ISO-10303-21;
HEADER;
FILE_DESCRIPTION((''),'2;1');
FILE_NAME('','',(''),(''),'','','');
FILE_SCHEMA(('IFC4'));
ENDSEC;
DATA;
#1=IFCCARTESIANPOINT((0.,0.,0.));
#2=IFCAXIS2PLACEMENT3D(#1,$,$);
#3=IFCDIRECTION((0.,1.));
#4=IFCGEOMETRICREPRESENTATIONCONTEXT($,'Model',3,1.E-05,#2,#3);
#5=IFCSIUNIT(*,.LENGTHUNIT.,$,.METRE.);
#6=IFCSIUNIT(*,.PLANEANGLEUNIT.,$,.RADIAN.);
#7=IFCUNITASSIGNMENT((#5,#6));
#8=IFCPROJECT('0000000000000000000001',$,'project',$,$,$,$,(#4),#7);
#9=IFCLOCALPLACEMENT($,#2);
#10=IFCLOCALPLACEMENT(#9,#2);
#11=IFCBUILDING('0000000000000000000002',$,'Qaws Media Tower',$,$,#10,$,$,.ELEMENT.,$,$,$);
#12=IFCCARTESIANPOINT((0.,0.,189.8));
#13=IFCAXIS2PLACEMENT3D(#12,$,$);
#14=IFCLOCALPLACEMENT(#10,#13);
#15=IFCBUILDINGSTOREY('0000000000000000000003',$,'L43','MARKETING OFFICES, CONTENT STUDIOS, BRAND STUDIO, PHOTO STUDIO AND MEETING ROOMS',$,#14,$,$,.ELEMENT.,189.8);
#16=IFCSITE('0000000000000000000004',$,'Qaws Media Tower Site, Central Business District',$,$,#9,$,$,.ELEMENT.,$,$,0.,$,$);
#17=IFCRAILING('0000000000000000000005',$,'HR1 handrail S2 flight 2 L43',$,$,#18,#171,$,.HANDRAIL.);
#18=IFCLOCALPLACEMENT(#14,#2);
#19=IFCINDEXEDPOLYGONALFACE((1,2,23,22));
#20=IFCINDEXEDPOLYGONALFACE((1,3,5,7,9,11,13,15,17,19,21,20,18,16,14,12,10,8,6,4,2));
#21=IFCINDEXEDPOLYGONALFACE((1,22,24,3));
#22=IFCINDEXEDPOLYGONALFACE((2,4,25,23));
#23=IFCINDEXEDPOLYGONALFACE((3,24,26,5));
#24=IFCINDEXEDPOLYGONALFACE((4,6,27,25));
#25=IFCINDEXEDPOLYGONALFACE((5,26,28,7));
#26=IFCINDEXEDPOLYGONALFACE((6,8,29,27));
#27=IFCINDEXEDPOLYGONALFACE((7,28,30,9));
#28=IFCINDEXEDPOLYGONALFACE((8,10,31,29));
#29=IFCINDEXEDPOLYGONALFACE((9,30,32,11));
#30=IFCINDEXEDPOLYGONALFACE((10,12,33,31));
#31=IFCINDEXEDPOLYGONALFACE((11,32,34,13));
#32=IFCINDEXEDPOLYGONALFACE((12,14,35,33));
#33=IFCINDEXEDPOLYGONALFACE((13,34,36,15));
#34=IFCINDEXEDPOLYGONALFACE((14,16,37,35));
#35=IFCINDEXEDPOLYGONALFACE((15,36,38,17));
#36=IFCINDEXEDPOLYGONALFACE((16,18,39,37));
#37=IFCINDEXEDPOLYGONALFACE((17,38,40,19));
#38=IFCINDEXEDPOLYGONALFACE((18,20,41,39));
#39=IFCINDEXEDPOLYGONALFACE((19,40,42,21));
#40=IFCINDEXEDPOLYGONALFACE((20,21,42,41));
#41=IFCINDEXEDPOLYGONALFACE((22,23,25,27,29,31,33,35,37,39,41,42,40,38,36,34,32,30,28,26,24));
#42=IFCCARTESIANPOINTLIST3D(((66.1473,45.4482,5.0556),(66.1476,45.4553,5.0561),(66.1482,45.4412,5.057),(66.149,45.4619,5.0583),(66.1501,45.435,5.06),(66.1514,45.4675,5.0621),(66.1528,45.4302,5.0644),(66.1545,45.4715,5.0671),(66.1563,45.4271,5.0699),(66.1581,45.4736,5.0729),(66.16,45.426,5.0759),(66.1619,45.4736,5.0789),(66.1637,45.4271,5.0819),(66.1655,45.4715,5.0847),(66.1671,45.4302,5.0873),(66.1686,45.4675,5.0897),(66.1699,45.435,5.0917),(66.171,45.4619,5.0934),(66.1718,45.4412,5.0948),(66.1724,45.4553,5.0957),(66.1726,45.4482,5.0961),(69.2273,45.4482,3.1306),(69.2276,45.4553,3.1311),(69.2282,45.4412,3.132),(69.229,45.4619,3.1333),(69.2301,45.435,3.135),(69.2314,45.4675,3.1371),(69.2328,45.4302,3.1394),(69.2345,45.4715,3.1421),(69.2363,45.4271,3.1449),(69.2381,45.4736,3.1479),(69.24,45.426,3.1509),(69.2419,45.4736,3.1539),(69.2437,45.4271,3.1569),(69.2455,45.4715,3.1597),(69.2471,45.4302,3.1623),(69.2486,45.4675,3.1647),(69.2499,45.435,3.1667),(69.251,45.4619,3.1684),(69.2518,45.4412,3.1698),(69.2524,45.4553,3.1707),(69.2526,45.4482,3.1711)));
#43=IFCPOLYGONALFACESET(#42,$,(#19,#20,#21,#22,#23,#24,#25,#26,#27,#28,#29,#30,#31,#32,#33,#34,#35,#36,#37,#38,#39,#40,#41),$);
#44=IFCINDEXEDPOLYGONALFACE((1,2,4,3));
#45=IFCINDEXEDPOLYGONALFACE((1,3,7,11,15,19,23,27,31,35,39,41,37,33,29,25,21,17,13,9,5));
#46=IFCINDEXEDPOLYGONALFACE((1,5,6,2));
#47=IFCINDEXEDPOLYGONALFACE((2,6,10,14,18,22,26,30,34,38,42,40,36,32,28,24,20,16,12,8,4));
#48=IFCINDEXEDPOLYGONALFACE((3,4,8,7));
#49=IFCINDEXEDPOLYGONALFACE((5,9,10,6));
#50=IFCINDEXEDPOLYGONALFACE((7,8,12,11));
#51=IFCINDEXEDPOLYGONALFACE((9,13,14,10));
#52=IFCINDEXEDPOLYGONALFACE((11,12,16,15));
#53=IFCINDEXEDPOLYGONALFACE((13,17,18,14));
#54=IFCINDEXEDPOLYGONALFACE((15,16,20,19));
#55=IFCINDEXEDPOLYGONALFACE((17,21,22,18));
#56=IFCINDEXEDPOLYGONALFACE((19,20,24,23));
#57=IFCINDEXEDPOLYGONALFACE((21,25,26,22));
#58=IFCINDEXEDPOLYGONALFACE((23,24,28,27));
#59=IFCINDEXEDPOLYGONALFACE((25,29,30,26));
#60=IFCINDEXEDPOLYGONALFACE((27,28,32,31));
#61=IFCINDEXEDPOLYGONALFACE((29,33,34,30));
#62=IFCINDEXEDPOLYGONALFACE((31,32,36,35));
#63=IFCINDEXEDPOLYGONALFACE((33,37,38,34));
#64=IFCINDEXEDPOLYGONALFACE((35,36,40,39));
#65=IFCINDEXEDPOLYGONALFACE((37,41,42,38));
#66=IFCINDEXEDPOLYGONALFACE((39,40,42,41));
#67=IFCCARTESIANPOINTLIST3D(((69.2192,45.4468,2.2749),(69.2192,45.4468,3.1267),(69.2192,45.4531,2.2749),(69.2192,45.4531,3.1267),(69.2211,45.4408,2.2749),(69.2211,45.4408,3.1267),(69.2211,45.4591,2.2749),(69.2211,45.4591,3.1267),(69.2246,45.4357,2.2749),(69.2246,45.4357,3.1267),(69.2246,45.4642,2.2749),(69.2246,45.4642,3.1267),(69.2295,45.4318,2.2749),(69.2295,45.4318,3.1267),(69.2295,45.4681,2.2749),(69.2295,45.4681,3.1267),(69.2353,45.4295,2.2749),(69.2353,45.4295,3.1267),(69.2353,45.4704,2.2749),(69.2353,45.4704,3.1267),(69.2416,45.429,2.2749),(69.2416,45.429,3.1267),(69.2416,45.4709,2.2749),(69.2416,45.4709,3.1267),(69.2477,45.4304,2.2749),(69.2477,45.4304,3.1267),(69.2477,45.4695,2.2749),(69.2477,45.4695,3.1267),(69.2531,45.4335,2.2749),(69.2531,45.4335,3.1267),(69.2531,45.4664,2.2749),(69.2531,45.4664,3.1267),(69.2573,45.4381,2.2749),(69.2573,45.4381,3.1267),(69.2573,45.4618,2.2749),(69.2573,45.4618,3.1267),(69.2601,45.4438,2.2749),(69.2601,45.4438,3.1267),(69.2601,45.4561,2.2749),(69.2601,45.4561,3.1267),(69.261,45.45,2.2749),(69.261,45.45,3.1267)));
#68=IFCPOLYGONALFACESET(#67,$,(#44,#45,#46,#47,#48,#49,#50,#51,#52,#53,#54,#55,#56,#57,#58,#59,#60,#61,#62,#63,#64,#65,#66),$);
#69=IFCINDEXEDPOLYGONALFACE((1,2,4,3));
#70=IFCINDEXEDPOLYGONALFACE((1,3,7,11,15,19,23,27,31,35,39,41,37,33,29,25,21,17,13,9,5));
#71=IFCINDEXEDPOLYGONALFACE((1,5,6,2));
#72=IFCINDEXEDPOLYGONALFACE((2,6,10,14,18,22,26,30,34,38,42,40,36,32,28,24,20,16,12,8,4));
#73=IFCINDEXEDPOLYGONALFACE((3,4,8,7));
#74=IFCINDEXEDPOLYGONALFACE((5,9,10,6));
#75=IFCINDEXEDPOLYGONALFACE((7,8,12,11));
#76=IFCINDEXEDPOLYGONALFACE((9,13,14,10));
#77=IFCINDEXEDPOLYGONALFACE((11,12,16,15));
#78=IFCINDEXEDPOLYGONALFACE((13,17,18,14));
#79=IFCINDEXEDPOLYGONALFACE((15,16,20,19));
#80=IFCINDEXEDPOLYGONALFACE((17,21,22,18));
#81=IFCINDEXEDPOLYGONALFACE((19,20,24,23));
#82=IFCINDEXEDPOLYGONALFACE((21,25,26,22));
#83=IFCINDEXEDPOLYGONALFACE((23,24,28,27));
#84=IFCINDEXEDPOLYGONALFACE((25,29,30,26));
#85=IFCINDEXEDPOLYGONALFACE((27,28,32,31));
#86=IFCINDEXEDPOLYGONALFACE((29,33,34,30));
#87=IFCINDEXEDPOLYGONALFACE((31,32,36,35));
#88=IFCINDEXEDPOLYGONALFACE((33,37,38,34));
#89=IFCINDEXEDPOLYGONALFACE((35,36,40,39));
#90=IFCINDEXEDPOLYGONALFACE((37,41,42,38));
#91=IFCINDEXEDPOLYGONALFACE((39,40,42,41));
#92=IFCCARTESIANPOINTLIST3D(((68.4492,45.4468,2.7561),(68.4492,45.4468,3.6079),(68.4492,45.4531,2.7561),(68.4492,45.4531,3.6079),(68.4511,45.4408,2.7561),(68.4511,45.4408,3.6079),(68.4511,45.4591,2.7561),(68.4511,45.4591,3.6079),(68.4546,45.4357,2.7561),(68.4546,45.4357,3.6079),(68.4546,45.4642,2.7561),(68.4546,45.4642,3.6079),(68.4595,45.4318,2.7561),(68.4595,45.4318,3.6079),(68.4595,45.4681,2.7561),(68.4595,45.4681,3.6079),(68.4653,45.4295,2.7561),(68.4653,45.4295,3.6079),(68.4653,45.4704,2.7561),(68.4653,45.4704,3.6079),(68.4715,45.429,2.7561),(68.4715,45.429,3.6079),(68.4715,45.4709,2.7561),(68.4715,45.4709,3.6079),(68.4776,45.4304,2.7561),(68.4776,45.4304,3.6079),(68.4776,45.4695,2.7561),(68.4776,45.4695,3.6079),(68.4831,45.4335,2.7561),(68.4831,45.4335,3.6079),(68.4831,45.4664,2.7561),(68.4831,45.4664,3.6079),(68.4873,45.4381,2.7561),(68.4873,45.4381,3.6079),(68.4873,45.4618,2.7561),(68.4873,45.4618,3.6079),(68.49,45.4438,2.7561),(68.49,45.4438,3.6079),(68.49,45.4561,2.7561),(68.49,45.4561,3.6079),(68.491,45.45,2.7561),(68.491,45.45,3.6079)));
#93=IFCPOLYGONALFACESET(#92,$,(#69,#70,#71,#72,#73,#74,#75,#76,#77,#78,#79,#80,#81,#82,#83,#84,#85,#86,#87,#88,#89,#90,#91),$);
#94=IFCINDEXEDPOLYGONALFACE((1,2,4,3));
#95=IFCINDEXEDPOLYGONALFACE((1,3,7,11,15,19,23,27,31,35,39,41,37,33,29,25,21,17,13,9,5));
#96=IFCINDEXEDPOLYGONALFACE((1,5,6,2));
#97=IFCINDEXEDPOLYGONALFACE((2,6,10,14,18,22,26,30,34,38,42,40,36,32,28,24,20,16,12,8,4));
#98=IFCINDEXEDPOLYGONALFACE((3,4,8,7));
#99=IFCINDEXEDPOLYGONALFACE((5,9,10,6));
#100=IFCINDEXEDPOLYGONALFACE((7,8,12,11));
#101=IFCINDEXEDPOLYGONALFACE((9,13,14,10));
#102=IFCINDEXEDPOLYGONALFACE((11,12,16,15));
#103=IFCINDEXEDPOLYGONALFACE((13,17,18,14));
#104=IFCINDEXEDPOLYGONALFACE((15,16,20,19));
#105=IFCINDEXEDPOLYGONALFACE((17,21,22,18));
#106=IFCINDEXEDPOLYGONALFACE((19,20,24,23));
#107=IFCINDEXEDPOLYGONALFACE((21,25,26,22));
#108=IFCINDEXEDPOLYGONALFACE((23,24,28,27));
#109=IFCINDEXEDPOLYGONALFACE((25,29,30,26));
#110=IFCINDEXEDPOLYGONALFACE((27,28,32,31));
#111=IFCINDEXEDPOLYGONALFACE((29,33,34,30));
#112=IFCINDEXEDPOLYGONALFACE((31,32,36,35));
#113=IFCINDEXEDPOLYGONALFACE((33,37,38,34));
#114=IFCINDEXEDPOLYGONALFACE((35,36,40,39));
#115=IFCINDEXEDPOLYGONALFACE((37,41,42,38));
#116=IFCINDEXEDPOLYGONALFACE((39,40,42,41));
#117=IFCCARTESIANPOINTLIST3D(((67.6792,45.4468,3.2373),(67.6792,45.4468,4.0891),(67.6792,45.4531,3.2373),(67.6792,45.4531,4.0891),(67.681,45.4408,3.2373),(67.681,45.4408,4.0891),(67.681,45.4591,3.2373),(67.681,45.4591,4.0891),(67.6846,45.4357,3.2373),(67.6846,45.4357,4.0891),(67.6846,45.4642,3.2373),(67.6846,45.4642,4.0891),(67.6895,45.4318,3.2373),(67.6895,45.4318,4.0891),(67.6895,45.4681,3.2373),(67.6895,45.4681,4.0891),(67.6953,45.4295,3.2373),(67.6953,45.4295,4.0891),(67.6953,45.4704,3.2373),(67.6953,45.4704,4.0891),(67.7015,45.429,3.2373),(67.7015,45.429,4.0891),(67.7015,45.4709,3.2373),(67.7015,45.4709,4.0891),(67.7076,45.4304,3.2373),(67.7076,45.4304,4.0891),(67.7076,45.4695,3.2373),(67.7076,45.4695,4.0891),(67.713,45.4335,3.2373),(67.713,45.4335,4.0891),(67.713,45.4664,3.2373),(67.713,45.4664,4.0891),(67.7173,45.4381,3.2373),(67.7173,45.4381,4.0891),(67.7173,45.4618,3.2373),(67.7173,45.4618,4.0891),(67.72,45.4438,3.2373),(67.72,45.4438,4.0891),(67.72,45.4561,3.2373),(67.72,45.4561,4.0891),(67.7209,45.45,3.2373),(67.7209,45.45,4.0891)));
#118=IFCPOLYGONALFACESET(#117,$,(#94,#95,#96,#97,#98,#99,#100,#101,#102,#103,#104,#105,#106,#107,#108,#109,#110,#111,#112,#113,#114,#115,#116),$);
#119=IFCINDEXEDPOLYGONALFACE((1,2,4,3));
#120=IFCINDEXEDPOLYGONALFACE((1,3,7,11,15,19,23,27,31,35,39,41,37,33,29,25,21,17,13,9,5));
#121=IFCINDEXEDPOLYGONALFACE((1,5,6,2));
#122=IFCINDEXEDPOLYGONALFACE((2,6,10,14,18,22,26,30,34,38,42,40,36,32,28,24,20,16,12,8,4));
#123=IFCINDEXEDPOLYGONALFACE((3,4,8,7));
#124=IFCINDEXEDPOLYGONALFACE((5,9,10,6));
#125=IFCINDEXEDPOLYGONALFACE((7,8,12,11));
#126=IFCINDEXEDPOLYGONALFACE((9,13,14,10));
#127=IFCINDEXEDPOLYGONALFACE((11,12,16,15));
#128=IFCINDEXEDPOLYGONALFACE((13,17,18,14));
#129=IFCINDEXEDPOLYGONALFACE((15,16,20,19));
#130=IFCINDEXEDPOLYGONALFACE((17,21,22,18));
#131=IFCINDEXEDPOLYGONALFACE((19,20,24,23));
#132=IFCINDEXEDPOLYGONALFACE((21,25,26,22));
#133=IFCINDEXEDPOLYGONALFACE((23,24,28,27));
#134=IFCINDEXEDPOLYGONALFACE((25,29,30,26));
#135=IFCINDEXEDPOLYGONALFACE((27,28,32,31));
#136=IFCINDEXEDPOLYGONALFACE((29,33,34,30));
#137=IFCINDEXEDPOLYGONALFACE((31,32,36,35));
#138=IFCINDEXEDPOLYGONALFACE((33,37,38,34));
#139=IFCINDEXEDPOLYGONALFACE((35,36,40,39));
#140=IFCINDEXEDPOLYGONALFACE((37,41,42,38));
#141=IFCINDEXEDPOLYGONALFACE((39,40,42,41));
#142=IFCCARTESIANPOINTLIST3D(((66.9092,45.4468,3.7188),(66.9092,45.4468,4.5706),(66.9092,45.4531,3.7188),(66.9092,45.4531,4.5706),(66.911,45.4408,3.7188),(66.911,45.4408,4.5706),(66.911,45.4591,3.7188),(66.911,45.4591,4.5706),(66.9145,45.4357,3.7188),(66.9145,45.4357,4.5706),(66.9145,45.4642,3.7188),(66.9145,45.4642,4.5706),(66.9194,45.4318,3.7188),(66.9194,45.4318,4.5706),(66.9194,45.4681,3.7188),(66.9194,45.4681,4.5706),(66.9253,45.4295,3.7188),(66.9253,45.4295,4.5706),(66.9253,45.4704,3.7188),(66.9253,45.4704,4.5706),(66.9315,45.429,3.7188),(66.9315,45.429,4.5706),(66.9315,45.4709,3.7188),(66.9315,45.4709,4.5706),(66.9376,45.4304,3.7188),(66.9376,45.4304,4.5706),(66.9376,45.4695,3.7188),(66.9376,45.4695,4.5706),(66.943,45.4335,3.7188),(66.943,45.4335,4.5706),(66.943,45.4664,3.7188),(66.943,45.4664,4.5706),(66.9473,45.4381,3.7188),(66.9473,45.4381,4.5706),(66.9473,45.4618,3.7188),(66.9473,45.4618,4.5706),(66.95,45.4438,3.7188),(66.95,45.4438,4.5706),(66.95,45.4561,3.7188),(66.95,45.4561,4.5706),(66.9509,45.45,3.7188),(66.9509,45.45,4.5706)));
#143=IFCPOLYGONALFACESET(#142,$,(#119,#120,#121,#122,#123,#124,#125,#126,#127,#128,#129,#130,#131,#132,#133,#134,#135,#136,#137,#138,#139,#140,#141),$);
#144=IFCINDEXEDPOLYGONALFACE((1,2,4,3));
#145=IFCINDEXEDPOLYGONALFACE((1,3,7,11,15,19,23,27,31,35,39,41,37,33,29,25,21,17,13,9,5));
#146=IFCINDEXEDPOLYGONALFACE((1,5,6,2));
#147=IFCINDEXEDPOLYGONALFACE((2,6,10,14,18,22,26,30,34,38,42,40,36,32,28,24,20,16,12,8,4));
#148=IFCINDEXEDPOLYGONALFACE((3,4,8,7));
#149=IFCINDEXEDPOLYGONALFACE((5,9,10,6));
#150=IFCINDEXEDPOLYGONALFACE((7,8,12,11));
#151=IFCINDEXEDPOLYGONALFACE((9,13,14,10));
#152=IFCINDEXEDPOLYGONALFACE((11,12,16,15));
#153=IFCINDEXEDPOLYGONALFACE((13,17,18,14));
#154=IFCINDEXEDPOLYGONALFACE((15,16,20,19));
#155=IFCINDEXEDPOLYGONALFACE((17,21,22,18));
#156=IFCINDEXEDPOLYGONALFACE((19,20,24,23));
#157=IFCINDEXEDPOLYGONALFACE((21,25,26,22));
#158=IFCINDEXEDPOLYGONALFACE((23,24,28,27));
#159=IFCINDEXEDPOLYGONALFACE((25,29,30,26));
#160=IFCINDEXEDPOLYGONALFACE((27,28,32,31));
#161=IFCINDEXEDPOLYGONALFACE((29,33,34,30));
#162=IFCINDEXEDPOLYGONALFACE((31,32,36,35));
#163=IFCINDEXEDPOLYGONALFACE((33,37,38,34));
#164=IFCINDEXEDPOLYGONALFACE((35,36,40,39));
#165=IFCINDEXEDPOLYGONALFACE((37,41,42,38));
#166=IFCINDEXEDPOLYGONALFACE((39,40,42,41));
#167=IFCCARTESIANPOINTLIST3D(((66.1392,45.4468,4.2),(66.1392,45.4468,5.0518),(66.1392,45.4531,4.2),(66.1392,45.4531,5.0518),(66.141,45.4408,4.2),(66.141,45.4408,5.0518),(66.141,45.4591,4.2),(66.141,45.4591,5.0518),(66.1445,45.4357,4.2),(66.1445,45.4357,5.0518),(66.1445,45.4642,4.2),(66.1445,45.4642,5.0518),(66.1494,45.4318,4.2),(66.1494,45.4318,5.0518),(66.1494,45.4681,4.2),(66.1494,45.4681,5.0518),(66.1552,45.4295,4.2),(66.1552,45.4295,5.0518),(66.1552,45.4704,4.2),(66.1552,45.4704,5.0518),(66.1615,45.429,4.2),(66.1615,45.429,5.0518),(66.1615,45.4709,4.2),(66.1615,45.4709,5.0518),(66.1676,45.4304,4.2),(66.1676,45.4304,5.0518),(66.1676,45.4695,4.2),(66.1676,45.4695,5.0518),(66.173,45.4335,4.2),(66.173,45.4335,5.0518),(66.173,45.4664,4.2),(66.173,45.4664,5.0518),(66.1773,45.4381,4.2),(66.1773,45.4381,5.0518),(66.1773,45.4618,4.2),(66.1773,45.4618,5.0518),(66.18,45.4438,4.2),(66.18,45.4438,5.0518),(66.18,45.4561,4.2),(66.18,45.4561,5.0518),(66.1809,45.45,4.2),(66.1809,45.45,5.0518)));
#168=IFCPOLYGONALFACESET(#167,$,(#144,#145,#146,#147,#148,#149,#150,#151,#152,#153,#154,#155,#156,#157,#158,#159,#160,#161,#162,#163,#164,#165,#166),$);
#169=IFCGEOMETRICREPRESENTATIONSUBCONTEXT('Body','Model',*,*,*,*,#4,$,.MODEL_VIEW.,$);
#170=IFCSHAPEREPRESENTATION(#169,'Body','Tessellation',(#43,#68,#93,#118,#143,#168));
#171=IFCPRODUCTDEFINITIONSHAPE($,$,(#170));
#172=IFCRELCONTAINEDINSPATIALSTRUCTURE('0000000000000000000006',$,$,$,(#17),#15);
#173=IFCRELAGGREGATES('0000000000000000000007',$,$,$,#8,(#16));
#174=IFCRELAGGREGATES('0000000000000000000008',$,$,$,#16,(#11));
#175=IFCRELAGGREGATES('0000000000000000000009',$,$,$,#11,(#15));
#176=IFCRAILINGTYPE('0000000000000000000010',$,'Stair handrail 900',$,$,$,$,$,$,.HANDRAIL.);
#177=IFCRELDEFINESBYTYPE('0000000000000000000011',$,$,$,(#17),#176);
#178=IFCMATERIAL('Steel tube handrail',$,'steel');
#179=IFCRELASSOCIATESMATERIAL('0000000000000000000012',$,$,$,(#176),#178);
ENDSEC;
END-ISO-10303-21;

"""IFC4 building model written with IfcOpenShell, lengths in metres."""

from ifc_helpers import new_model, si_unit, direction, frame, origin, origin_2d, place, context, subcontext, project, spatial, circle, extrude, material, type_object, element, save


model = new_model("IFC4")

# Units and contexts
model_context = context("Model", 3, precision=1e-05, world=origin(), true_north=direction((0.0, 1.0)))
body_context = subcontext(model_context, "Body", "Model", "MODEL_VIEW")
ifc_project = project(units=[si_unit("LENGTHUNIT", "METRE"), si_unit("PLANEANGLEUNIT", "RADIAN")], contexts=[model_context])

# Site, building, storey
site_placement = place(None, origin())
site = spatial("IfcSite", under=ifc_project, at=site_placement, Name="Qaws Media Tower Site, Central Business District", CompositionType="ELEMENT", RefElevation=0.0)
building_placement = place(site_placement, origin())
building = spatial("IfcBuilding", under=site, at=building_placement, Name="Qaws Media Tower", CompositionType="ELEMENT")
storey_placement = place(building_placement, frame((0.0, 0.0, 189.8)))
storey = spatial("IfcBuildingStorey", under=building, at=storey_placement, Name="L43", Description="MARKETING OFFICES, CONTENT STUDIOS, BRAND STUDIO, PHOTO STUDIO AND MEETING ROOMS", CompositionType="ELEMENT", Elevation=189.8)

# Railing
ifc_material_1 = material(Name="Steel tube handrail", Category="steel")
railing_type = type_object("IfcRailingType", Name="Stair handrail 900", PredefinedType="HANDRAIL", material=ifc_material_1)
for number, where, name in (
    (1, (69.24, 45.45, 2.2749), "HR1 handrail S2 flight 2 L43"),
):
    element("IfcRailing", number, at=place(storey_placement, frame(where)), inside=storey, type_object=railing_type, Name=name, PredefinedType="HANDRAIL", context=body_context, shape_type="SweptSolid", body=[
        extrude(circle(Radius=0.0239, at=origin_2d()), frame((0.0, 0.0, 0.876), z_axis=(-0.847998, 0.0, 0.529999), x_axis=(0.0, -1.0, 0.0)), (0.0, 0.0, 1.0), 3.6321),
        extrude(circle(Radius=0.021, at=origin_2d()), origin(), (0.0, 0.0, 1.0), 0.8518),
        extrude(circle(Radius=0.021, at=origin_2d()), frame((-0.77, 0.0, 0.4812)), (0.0, 0.0, 1.0), 0.8518),
        extrude(circle(Radius=0.021, at=origin_2d()), frame((-1.54, 0.0, 0.9624)), (0.0, 0.0, 1.0), 0.8518),
        extrude(circle(Radius=0.021, at=origin_2d()), frame((-2.3101, 0.0, 1.4438)), (0.0, 0.0, 1.0), 0.8518),
        extrude(circle(Radius=0.021, at=origin_2d()), frame((-3.0801, 0.0, 1.925)), (0.0, 0.0, 1.0), 0.8518),
    ])

save(model, "model.ifc")
